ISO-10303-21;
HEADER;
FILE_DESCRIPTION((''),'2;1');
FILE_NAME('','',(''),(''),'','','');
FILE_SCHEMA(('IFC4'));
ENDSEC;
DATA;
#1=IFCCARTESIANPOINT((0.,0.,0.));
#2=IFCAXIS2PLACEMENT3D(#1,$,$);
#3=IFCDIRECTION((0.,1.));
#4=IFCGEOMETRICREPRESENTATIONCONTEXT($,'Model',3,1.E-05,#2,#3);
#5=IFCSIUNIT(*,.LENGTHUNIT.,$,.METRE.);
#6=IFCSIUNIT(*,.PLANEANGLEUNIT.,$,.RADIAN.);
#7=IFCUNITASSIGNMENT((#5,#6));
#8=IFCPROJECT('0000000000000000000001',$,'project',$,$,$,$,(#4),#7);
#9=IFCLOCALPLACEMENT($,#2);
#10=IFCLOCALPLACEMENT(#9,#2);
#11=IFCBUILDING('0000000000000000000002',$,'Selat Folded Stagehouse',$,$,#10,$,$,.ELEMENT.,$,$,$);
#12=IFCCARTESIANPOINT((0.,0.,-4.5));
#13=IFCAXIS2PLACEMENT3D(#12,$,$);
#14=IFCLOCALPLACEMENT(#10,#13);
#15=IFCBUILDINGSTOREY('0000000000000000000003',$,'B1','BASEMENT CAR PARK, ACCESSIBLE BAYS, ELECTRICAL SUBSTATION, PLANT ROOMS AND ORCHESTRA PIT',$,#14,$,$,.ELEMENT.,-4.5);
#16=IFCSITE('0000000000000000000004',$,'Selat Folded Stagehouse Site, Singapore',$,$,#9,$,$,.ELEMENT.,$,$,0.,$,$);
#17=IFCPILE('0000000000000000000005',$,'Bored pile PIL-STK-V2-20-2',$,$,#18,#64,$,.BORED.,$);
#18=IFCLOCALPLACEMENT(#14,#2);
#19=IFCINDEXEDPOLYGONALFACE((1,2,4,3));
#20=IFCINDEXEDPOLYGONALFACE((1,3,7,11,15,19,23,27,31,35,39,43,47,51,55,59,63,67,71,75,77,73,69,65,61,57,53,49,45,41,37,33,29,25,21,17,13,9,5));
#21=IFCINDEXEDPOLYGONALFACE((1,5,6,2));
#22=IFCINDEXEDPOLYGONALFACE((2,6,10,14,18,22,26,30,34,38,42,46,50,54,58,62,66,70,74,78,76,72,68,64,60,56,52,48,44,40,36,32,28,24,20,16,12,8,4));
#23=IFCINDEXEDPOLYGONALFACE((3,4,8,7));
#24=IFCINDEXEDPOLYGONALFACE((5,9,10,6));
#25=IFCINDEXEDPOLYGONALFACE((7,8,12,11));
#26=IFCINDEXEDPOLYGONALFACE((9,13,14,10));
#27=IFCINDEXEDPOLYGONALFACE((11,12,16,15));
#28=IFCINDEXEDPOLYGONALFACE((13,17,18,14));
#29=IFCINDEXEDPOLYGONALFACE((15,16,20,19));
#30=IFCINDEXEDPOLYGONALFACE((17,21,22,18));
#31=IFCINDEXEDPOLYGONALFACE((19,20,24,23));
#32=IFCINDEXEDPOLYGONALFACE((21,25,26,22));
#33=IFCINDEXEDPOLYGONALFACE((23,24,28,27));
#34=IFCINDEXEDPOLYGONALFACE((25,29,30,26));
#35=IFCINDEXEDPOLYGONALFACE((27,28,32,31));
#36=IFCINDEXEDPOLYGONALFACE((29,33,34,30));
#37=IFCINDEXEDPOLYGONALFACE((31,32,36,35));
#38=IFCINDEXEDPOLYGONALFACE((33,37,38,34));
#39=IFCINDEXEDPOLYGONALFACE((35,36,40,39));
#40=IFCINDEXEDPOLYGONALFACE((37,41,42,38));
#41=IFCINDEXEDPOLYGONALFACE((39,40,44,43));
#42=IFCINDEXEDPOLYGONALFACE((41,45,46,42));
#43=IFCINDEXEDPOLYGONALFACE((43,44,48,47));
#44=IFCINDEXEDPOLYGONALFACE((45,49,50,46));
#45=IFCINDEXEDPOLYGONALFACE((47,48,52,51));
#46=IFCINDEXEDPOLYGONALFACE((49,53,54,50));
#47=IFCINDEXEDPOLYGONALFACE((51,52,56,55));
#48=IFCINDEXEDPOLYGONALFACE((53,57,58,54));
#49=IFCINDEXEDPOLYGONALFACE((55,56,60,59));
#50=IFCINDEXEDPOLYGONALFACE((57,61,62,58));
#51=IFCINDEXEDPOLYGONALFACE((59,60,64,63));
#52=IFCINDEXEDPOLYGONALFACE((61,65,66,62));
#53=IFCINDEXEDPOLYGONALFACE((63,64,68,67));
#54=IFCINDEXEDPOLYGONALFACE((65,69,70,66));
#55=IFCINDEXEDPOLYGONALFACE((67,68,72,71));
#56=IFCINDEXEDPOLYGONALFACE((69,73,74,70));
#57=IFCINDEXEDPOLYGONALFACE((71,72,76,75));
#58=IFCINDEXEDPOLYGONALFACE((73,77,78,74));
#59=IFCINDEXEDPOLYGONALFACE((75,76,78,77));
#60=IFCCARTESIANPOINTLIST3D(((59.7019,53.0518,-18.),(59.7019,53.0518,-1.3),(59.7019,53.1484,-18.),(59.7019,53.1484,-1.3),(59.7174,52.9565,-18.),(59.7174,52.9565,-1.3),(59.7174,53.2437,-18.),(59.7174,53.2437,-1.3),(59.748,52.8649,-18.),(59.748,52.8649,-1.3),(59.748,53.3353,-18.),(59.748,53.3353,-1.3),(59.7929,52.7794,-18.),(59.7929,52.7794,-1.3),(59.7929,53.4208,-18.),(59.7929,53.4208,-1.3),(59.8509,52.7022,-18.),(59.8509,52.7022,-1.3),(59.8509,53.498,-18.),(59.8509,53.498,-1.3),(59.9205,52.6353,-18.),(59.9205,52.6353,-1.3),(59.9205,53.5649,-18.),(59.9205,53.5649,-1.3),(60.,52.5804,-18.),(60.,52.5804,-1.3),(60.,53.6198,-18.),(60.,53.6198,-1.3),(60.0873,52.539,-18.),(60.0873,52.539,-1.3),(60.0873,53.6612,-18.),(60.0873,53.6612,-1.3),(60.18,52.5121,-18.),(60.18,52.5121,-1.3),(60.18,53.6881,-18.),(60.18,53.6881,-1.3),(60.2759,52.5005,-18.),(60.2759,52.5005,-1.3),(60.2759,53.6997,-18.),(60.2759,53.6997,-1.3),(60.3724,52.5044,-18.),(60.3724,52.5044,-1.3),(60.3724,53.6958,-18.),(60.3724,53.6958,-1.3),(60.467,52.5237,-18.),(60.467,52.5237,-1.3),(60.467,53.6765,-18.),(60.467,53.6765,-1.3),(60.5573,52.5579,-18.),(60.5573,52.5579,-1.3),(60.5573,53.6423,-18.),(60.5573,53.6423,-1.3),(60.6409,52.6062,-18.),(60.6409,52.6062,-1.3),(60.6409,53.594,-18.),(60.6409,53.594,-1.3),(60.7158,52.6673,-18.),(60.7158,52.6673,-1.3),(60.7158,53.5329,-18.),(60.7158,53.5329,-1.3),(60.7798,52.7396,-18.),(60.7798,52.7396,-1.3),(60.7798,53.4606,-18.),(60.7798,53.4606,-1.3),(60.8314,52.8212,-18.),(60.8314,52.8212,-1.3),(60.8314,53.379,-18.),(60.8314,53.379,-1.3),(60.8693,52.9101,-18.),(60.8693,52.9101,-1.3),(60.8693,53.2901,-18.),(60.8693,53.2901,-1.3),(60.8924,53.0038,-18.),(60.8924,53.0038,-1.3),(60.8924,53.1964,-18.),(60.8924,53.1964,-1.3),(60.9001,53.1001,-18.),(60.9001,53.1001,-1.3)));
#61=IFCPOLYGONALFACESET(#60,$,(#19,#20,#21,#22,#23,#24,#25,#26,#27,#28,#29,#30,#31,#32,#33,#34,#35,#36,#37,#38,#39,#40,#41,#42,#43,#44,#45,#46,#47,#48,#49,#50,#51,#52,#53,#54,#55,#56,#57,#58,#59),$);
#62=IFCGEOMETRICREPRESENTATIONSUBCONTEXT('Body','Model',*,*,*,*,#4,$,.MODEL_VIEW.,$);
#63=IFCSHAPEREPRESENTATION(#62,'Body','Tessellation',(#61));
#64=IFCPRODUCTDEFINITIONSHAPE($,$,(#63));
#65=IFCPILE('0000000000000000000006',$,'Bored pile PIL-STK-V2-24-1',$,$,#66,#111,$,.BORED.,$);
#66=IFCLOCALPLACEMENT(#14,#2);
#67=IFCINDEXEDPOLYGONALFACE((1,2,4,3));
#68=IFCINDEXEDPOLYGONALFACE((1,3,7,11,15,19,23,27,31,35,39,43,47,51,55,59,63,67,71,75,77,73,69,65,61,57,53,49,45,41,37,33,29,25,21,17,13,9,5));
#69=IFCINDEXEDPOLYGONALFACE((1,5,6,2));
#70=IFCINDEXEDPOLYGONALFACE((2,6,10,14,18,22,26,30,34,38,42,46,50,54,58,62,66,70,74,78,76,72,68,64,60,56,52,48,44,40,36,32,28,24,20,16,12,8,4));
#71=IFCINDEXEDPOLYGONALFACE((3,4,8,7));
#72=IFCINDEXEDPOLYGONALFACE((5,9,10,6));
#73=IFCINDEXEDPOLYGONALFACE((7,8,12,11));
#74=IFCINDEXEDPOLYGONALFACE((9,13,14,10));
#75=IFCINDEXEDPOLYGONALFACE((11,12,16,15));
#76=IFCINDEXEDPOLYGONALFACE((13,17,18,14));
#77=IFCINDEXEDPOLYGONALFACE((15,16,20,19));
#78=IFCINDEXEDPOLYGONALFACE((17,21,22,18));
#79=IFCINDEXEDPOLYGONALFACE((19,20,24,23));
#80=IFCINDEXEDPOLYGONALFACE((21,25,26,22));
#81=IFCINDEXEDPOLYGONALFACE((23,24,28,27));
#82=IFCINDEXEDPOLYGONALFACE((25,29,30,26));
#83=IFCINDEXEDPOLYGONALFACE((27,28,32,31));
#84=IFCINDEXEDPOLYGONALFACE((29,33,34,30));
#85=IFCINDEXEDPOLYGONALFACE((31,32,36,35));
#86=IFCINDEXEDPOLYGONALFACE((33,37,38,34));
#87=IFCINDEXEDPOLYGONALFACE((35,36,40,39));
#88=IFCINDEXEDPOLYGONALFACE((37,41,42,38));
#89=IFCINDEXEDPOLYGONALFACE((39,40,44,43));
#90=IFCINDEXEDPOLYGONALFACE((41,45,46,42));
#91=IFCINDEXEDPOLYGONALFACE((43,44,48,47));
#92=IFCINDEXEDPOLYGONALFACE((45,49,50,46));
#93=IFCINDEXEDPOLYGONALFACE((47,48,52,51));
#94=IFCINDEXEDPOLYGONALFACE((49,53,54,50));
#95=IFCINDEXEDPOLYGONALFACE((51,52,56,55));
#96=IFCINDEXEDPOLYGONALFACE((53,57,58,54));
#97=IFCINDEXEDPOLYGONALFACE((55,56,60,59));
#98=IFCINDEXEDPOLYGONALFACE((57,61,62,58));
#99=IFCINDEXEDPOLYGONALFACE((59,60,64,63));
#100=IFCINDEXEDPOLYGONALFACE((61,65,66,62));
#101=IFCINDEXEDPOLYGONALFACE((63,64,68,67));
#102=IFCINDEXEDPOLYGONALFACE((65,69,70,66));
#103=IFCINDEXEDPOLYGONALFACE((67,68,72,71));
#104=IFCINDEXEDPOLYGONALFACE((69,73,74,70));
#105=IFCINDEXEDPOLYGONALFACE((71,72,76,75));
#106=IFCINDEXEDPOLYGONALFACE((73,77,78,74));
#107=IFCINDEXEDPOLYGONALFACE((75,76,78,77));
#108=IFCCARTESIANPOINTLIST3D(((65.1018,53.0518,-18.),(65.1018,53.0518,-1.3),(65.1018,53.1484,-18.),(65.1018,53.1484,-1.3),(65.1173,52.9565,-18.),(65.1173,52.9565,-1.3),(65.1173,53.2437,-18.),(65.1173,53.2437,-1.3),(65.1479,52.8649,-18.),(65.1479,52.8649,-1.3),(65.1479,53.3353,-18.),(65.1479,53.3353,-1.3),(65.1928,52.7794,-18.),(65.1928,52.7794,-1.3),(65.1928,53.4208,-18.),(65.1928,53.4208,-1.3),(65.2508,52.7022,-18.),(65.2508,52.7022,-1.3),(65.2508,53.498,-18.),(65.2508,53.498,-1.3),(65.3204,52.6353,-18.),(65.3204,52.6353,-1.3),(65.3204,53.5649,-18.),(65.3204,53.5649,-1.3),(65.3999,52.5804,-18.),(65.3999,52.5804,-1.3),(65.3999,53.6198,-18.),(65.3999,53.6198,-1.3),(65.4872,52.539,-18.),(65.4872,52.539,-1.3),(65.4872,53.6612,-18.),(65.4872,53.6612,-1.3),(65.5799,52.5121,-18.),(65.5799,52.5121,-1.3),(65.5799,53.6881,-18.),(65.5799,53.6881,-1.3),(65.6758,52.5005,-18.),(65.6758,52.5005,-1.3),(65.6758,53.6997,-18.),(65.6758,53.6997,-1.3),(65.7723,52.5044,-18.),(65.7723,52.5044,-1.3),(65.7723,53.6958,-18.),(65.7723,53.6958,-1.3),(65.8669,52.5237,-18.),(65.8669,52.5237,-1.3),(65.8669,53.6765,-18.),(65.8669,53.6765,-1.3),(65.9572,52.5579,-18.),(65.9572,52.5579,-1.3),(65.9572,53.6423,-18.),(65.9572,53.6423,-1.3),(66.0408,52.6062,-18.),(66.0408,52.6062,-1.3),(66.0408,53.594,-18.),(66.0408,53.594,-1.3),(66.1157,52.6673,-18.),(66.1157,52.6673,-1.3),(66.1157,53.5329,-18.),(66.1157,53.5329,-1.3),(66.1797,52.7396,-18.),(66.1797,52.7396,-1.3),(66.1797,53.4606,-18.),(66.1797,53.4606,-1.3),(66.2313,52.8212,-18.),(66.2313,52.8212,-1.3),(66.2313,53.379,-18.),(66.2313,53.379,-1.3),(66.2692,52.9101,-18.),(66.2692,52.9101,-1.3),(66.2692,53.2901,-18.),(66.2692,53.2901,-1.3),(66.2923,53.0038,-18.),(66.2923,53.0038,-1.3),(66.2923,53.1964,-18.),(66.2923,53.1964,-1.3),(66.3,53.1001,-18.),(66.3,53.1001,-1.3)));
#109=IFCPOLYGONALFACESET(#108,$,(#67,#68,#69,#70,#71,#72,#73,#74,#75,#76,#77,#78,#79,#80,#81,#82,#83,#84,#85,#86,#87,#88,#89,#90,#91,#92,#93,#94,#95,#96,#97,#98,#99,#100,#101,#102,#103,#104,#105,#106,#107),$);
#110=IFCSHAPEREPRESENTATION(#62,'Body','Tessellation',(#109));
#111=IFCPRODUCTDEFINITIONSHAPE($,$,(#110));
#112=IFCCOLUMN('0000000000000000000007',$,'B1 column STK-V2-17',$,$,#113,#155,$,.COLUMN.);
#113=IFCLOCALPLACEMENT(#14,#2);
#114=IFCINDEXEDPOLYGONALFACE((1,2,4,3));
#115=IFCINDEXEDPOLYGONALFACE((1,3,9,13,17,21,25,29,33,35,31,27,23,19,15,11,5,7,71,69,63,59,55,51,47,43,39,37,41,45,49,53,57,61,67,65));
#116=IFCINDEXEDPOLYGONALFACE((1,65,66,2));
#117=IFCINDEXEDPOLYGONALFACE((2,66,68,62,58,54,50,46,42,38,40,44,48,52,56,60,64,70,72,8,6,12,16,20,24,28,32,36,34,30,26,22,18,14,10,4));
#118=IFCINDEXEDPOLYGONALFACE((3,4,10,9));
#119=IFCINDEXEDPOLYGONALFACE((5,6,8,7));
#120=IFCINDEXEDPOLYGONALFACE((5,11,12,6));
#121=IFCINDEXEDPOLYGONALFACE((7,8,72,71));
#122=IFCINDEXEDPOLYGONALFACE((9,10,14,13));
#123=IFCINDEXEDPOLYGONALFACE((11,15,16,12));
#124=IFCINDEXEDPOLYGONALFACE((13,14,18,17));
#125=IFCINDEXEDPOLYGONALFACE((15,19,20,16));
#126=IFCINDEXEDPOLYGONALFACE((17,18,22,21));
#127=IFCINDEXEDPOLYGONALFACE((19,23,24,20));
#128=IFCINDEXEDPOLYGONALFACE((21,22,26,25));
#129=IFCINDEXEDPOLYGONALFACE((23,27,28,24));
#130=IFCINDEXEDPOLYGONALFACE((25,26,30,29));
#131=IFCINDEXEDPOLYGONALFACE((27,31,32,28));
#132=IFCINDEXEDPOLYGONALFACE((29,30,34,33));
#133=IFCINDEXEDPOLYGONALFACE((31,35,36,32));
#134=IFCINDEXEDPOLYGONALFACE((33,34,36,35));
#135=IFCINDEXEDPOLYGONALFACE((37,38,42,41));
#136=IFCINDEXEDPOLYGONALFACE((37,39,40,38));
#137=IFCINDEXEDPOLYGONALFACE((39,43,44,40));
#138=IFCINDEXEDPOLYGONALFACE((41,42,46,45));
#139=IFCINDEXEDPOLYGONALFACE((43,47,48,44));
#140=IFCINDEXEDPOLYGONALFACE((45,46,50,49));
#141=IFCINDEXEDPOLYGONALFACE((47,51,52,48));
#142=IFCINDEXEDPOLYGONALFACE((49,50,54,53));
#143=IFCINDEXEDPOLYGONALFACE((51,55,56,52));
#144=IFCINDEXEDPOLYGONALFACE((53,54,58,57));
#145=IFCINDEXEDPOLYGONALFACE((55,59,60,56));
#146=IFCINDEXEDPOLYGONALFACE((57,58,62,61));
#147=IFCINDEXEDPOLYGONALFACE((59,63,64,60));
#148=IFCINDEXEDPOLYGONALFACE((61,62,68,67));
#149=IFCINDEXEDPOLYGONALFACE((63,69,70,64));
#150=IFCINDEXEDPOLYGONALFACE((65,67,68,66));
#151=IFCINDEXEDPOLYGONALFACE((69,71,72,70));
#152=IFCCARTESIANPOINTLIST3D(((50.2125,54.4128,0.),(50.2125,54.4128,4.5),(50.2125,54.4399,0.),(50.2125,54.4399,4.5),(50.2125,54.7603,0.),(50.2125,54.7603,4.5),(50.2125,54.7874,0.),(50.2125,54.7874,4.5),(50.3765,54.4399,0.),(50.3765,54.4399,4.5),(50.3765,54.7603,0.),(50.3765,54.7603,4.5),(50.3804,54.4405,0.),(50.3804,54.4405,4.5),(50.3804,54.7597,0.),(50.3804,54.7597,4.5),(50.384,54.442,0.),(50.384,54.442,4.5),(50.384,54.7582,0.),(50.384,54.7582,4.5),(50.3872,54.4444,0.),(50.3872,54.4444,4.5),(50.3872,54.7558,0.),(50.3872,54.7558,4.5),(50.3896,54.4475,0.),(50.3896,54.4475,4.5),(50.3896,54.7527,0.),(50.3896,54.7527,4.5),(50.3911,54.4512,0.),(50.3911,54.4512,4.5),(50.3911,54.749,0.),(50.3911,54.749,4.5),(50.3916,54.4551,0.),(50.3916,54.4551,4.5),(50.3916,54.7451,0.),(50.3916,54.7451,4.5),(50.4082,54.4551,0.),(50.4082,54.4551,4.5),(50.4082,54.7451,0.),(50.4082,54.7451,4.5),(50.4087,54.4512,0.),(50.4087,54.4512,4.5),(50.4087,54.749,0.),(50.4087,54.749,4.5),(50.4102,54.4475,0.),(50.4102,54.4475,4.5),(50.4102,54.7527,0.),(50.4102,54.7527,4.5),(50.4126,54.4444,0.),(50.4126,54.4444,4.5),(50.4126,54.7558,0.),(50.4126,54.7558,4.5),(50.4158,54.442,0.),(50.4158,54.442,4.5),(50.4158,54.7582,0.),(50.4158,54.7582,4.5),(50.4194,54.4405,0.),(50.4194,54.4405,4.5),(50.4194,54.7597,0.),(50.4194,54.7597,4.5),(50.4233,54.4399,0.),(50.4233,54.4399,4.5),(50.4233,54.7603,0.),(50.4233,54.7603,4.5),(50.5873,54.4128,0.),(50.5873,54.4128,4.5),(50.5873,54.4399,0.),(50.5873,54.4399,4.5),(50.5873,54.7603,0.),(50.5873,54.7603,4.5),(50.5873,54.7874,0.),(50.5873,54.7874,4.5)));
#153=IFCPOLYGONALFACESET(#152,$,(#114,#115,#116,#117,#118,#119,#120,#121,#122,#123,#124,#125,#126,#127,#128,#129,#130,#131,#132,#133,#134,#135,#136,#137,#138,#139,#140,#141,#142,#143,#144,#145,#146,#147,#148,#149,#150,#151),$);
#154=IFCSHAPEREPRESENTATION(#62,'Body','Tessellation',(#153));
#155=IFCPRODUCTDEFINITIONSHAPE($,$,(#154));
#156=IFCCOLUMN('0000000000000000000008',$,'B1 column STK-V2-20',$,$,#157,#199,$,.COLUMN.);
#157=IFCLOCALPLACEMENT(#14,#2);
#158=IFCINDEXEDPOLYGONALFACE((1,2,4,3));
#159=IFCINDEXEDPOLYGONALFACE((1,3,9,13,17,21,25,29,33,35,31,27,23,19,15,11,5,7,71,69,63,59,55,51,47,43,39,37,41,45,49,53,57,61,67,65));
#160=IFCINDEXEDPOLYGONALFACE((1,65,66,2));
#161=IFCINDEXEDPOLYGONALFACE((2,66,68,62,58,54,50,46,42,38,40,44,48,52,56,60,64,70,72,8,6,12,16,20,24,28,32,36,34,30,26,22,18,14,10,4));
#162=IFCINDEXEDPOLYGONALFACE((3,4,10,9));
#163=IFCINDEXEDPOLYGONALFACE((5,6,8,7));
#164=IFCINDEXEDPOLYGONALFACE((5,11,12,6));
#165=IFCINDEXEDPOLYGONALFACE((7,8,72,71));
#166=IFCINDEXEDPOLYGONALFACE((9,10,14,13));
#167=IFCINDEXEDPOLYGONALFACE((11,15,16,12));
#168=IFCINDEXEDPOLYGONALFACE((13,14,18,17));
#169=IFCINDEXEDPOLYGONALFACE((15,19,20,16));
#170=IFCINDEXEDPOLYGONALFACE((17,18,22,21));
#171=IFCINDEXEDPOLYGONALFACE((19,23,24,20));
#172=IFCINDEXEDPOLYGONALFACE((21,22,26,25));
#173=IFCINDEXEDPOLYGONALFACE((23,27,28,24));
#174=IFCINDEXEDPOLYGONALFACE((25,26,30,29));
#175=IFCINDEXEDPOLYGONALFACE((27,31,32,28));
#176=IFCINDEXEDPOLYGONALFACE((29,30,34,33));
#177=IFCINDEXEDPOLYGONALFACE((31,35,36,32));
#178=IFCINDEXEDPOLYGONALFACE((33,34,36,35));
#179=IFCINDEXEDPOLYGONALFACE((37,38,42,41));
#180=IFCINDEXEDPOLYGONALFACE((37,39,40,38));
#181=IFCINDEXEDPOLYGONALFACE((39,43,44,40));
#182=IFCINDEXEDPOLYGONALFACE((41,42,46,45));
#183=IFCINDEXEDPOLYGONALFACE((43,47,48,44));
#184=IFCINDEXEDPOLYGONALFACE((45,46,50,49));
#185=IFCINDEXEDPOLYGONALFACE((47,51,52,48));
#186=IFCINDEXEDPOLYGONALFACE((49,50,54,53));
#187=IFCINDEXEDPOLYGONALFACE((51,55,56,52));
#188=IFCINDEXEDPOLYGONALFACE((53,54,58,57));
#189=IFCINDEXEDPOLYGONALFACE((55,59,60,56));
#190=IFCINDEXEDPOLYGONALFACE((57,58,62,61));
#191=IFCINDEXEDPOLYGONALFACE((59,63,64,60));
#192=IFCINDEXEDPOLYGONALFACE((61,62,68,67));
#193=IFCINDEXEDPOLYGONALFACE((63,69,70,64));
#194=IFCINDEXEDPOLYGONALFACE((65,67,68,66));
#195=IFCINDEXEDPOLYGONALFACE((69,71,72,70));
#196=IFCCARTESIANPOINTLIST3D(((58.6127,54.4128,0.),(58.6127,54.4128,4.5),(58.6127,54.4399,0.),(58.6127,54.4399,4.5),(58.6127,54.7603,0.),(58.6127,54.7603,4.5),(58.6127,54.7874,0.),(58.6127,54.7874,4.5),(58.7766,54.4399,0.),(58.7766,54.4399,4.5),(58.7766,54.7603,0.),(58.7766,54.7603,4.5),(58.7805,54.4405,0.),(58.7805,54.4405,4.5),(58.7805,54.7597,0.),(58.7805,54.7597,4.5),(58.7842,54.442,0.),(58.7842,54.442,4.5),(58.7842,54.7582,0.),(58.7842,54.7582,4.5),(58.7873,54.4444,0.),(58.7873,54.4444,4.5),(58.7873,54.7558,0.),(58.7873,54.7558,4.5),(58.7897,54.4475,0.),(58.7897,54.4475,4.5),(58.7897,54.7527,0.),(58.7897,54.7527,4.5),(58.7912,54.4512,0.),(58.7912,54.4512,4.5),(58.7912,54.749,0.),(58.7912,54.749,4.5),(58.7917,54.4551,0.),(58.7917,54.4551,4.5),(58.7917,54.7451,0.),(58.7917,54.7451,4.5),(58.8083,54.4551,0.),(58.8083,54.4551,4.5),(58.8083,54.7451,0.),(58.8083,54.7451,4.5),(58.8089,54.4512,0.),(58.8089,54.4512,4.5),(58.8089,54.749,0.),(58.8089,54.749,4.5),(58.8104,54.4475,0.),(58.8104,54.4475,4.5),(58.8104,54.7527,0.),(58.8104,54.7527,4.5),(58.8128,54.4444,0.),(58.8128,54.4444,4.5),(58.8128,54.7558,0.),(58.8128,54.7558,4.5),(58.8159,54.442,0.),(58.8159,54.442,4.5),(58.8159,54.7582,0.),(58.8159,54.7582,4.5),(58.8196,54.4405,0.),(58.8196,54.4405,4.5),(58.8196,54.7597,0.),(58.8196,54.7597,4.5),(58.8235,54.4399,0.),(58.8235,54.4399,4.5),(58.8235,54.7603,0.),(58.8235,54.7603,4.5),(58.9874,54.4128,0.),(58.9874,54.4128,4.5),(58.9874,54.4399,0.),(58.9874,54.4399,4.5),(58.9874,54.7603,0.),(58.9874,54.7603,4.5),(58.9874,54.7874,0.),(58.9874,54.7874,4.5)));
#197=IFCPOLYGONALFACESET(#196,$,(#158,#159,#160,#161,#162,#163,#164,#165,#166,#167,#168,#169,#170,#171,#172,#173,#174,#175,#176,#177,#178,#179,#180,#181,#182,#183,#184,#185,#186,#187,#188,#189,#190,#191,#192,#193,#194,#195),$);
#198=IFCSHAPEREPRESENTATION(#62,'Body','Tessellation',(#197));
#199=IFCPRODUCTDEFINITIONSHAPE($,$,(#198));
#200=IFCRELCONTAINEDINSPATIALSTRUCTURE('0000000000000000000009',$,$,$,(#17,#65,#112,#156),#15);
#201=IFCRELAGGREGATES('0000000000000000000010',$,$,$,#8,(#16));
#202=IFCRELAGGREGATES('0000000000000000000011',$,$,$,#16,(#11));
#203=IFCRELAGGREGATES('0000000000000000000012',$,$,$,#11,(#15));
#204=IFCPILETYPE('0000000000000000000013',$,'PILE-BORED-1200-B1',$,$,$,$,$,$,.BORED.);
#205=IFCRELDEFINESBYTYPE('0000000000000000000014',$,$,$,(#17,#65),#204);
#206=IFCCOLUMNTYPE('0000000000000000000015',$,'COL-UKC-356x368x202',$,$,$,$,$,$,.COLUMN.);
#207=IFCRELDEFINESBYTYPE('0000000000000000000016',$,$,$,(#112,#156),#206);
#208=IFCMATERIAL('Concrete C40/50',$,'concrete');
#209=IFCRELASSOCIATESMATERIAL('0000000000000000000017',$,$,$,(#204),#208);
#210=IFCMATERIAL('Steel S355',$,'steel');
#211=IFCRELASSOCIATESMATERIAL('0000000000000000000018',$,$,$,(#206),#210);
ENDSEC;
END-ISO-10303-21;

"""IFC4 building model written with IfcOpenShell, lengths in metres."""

from ifc_helpers import new_model, si_unit, direction, frame, origin, origin_2d, place, context, subcontext, project, spatial, circle, i_section, extrude, material, material_profile, profile_set, type_object, element, save


model = new_model("IFC4")

# Units and contexts
model_context = context("Model", 3, precision=1e-05, world=origin(), true_north=direction((0.0, 1.0)))
body_context = subcontext(model_context, "Body", "Model", "MODEL_VIEW")
ifc_project = project(units=[si_unit("LENGTHUNIT", "METRE"), si_unit("PLANEANGLEUNIT", "RADIAN")], contexts=[model_context])

# Site, building, storey
site_placement = place(None, origin())
site = spatial("IfcSite", under=ifc_project, at=site_placement, Name="Selat Folded Stagehouse Site, Singapore", CompositionType="ELEMENT", RefElevation=0.0)
building_placement = place(site_placement, origin())
building = spatial("IfcBuilding", under=site, at=building_placement, Name="Selat Folded Stagehouse", CompositionType="ELEMENT")
storey_placement = place(building_placement, frame((0.0, 0.0, -4.5)))
storey = spatial("IfcBuildingStorey", under=building, at=storey_placement, Name="B1", Description="BASEMENT CAR PARK, ACCESSIBLE BAYS, ELECTRICAL SUBSTATION, PLANT ROOMS AND ORCHESTRA PIT", CompositionType="ELEMENT", Elevation=-4.5)

# Shared definitions
ifc_material_1 = material(Name="Concrete C40/50", Category="concrete")

# Piles
ifc_material_profile_1 = material_profile(ifc_material_1, circle(Radius=0.6001, at=origin_2d()), Name="PILE D1200")
ifc_profile_set_1 = profile_set([ifc_material_profile_1], Name="Concrete C40/50")
pile_type = type_object("IfcPileType", Name="PILE-BORED-1200-B1", PredefinedType="BORED", material=ifc_profile_set_1)
for number, where, z_axis, x_axis, name in (
    (1, (60.3, 53.1001, -1.3), (0.0, 0.0, -1.0), (1.0, 0.0, 0.0), "Bored pile PIL-STK-V2-20-2"),
    (2, (65.7, 53.1001, -1.3), (0.0, 0.0, -1.0), (1.0, 0.0, 0.0), "Bored pile PIL-STK-V2-24-1"),
):
    element("IfcPile", number, at=place(storey_placement, frame(where, z_axis=z_axis, x_axis=x_axis)), inside=storey, type_object=pile_type, Name=name, PredefinedType="BORED", context=body_context, shape_type="SweptSolid", body=[
        extrude(circle(Radius=0.6001, at=origin_2d()), origin(), (0.0, 0.0, 1.0), 16.7),
    ])

# Columns
ifc_material_2 = material(Name="Steel S355", Category="steel")
ifc_material_profile_2 = material_profile(ifc_material_2, i_section(OverallWidth=0.3748, OverallDepth=0.3745, WebThickness=0.0166, FlangeThickness=0.0271, FilletRadius=0.0151, at=origin_2d()), Name="UKC 356x368x202")
ifc_profile_set_2 = profile_set([ifc_material_profile_2], Name="Steel S355")
column_type = type_object("IfcColumnType", Name="COL-UKC-356x368x202", PredefinedType="COLUMN", material=ifc_profile_set_2)
for number, where, z_axis, x_axis, name in (
    (3, (50.3999, 54.6001, 0.0), (0.0, 0.0, 1.0), (1.0, 0.0, 0.0), "B1 column STK-V2-17"),
    (4, (58.8, 54.6001, 0.0), (0.0, 0.0, 1.0), (1.0, 0.0, 0.0), "B1 column STK-V2-20"),
):
    element("IfcColumn", number, at=place(storey_placement, frame(where, z_axis=z_axis, x_axis=x_axis)), inside=storey, type_object=column_type, Name=name, PredefinedType="COLUMN", context=body_context, shape_type="SweptSolid", body=[
        extrude(i_section(OverallWidth=0.3748, OverallDepth=0.3745, WebThickness=0.0166, FlangeThickness=0.0271, FilletRadius=0.0151, at=origin_2d()), origin(), (0.0, 0.0, 1.0), 4.5),
    ])

save(model, "model.ifc")
